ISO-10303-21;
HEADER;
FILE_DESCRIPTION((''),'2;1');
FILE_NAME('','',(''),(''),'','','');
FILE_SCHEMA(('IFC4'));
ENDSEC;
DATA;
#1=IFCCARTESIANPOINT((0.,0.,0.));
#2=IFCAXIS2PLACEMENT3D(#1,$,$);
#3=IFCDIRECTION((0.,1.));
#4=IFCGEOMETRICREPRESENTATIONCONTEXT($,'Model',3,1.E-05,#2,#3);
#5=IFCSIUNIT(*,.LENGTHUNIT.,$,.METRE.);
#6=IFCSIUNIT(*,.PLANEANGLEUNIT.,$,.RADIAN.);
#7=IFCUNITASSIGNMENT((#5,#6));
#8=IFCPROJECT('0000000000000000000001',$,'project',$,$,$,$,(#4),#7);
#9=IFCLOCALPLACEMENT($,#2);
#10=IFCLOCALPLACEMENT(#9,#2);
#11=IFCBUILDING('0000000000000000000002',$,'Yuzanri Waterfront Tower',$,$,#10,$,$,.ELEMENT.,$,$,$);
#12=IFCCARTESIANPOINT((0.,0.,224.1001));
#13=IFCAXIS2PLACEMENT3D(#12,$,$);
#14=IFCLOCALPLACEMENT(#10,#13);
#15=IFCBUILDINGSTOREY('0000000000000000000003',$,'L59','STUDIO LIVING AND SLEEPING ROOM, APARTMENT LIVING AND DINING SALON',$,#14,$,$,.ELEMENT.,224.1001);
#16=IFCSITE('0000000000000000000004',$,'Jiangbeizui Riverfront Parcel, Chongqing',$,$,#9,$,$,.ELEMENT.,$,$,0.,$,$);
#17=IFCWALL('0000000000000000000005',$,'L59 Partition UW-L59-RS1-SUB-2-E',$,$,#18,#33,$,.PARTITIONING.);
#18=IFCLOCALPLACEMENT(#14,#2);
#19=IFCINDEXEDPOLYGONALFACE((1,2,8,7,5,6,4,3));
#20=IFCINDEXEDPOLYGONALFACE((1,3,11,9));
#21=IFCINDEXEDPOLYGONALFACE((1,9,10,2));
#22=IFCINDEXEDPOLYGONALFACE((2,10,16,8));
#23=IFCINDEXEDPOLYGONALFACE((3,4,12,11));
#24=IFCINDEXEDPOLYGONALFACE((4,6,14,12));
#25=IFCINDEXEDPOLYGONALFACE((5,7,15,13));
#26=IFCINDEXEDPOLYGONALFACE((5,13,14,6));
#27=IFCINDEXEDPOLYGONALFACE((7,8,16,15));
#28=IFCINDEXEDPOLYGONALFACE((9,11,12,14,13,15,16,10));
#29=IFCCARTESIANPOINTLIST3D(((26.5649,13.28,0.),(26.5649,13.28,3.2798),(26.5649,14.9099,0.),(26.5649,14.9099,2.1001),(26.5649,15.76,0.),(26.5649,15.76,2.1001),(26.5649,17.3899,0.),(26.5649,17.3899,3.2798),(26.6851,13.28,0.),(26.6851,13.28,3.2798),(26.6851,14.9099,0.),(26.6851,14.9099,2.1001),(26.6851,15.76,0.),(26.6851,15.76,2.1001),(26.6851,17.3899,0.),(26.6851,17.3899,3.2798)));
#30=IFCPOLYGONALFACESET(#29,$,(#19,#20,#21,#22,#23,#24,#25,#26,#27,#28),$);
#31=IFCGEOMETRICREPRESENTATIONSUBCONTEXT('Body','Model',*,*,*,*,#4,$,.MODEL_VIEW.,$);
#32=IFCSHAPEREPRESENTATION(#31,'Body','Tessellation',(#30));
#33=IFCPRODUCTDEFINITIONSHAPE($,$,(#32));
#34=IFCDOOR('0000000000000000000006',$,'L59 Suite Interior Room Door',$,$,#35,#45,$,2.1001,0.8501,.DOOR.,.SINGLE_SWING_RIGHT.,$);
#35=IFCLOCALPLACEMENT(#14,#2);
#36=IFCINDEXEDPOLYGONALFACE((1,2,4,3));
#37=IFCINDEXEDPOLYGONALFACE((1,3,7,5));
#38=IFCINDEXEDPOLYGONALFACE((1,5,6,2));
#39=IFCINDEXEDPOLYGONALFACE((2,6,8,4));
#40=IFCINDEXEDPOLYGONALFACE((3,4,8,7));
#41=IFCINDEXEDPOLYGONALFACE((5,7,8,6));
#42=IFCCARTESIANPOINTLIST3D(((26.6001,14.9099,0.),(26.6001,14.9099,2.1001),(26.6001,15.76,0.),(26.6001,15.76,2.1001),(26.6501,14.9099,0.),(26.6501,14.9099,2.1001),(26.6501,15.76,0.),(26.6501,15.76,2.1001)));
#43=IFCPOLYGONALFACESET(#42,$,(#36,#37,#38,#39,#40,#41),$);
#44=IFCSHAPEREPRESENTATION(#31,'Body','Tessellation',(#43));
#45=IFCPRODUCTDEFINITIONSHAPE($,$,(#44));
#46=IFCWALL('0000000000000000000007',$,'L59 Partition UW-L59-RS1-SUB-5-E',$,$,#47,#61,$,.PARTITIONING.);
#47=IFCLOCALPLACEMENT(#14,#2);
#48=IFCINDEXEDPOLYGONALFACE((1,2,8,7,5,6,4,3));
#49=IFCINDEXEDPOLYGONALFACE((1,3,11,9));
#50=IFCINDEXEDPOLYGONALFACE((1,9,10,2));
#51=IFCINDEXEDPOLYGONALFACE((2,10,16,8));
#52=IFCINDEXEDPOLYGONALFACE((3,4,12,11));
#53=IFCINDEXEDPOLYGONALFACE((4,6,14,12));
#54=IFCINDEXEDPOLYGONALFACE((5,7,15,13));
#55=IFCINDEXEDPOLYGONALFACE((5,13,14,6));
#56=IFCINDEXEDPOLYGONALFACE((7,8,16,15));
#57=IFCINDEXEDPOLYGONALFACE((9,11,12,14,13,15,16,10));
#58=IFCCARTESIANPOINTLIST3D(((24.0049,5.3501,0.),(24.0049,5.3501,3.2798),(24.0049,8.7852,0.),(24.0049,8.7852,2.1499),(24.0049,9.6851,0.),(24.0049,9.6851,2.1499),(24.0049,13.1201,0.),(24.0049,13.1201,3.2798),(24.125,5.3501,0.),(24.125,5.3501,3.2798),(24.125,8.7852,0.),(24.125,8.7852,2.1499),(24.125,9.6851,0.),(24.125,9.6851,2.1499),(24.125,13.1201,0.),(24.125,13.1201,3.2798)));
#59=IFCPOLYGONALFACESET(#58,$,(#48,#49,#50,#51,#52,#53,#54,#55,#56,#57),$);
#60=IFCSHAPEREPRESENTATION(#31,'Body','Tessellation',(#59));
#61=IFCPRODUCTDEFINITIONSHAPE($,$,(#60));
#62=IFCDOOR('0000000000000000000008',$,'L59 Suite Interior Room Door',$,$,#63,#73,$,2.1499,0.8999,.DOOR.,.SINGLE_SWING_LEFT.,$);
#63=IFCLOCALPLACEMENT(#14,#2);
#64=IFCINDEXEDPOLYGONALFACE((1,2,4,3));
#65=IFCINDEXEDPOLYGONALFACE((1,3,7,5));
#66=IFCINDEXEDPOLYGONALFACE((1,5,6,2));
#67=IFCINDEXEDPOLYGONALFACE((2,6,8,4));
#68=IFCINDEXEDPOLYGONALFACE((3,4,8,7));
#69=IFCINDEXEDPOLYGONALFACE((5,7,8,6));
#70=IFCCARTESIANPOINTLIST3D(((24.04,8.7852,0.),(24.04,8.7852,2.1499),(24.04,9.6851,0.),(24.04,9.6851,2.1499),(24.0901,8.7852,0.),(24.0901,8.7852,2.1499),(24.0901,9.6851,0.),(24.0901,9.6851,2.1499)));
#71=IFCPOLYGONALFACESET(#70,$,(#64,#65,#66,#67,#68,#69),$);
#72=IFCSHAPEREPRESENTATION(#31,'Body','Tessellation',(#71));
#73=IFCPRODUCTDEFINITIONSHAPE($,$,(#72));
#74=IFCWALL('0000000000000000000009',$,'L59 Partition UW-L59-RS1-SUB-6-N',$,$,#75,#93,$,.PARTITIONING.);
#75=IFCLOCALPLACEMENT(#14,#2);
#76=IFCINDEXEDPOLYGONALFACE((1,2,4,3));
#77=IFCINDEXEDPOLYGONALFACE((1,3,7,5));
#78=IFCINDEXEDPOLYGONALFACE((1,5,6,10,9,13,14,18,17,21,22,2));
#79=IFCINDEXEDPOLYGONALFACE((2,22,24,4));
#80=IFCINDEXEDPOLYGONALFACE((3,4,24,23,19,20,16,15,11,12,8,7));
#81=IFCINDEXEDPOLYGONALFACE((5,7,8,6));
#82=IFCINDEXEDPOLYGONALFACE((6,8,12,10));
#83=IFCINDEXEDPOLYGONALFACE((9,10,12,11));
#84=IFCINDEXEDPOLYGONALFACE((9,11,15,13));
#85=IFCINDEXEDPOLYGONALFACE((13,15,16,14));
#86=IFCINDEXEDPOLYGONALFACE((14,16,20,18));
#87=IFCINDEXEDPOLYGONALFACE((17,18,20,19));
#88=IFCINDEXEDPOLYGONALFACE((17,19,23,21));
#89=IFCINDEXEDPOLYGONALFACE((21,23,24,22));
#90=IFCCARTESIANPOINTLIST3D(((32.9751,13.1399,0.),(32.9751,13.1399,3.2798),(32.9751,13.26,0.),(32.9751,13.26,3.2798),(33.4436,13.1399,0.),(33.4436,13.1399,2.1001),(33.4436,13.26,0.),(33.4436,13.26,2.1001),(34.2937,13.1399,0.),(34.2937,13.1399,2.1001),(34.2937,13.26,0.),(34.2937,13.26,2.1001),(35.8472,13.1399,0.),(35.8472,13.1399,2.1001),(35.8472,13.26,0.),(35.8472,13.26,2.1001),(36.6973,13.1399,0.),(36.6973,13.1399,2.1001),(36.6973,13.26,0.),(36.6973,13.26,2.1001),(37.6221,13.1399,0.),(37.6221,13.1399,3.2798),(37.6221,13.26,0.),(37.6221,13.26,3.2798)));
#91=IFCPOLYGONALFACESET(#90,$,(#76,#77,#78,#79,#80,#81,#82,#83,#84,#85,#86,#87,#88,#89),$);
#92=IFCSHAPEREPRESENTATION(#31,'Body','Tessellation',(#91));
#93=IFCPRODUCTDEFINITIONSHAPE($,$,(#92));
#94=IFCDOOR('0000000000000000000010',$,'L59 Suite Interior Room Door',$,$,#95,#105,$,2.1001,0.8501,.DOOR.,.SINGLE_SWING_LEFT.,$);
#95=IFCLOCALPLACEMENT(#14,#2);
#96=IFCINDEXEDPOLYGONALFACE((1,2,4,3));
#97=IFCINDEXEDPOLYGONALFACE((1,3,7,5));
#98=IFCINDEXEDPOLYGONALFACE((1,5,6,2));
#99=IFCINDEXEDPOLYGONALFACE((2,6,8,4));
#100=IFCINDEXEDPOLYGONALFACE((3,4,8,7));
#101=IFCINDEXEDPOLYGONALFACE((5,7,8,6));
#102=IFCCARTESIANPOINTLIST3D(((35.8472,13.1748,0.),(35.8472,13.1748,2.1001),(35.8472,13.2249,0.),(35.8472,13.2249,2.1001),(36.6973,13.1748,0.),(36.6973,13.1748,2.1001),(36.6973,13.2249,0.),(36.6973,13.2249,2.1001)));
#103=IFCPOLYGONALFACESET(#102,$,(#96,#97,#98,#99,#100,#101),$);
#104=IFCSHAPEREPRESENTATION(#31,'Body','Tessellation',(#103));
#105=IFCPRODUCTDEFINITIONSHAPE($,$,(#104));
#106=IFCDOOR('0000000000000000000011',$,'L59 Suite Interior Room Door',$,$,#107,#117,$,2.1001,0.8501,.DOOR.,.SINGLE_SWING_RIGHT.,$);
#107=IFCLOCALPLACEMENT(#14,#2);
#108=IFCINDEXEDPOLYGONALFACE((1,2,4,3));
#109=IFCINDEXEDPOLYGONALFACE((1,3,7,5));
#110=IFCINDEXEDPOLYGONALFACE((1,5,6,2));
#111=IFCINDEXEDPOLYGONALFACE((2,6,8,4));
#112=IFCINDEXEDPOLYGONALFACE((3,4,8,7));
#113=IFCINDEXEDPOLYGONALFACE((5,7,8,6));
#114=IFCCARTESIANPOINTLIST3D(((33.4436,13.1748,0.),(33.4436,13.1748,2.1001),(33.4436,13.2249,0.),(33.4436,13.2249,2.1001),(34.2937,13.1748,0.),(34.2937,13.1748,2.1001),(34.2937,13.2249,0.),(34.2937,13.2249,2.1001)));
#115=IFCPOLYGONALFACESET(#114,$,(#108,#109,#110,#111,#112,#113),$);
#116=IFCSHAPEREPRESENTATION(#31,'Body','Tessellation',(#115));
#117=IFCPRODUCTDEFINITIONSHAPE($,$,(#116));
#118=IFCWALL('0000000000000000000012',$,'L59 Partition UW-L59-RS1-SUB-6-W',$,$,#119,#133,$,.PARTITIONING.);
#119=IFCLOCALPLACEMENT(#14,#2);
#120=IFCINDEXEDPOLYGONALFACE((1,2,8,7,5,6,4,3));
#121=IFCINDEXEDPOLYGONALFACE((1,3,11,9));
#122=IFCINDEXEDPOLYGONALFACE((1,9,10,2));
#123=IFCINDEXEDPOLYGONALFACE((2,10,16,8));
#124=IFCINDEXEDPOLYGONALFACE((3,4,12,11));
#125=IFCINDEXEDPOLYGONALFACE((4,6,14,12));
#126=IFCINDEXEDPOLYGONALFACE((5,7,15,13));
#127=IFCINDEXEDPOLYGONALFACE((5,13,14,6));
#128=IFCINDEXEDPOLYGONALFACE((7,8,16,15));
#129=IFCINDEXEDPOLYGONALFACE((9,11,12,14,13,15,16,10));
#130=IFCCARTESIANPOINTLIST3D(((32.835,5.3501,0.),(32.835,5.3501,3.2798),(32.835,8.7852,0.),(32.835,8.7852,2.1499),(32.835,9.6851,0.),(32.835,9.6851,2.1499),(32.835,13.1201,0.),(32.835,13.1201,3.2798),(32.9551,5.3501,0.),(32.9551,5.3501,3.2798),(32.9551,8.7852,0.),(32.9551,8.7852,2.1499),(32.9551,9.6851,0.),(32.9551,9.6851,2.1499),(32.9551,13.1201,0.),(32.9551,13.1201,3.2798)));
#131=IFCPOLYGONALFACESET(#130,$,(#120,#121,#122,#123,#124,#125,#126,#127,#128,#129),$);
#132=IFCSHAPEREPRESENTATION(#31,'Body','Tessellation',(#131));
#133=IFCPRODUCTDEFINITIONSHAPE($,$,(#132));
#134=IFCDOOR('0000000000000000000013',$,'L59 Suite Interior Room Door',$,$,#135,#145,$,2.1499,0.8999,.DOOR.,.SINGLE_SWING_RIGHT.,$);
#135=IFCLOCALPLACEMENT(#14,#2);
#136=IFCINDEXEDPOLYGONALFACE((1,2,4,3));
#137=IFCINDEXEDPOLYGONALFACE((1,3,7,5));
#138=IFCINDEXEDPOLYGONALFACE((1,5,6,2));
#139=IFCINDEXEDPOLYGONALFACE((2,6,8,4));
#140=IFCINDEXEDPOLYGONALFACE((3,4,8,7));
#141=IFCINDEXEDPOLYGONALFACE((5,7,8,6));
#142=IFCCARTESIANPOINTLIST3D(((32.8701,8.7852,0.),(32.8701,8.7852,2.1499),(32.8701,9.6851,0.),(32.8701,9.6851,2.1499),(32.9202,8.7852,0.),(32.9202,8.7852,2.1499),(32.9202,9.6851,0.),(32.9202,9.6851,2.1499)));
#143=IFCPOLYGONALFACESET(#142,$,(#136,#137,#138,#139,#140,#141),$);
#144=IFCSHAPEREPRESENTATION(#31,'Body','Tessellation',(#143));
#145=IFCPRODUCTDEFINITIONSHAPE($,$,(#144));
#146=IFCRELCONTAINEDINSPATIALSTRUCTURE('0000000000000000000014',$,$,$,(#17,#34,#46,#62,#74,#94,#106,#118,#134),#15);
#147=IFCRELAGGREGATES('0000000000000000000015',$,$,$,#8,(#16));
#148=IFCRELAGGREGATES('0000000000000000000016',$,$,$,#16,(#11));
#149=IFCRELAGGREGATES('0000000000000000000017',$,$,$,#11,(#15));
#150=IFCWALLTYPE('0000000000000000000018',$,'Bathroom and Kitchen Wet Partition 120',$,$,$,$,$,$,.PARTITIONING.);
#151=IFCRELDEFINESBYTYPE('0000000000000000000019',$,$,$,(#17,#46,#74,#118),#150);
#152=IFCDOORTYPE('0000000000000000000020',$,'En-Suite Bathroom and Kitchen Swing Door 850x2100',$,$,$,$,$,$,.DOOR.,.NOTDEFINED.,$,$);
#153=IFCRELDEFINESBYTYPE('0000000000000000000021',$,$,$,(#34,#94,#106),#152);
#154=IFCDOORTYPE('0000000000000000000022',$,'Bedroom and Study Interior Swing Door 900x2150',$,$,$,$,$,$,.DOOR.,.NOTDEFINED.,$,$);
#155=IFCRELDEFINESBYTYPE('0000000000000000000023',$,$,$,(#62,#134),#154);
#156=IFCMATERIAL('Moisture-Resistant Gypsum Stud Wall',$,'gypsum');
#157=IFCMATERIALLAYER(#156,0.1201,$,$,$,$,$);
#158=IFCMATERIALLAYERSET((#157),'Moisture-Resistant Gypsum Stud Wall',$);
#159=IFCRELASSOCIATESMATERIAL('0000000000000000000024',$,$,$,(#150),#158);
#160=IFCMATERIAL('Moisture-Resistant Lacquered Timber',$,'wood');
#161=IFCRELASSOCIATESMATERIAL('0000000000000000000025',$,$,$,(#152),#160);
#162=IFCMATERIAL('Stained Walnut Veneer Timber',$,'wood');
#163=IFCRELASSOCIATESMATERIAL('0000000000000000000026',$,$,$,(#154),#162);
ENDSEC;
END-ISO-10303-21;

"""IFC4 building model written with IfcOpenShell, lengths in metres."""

from ifc_helpers import new_model, si_unit, direction, frame, frame_2d, origin, place, context, subcontext, project, spatial, rectangle, extrude, source, transform, mapped, material, layer, layer_set, type_object, element, fill, save


model = new_model("IFC4")

# Units and contexts
model_context = context("Model", 3, precision=1e-05, world=origin(), true_north=direction((0.0, 1.0)))
body_context = subcontext(model_context, "Body", "Model", "MODEL_VIEW")
ifc_project = project(units=[si_unit("LENGTHUNIT", "METRE"), si_unit("PLANEANGLEUNIT", "RADIAN")], contexts=[model_context])

# Site, building, storey
site_placement = place(None, origin())
site = spatial("IfcSite", under=ifc_project, at=site_placement, Name="Jiangbeizui Riverfront Parcel, Chongqing", CompositionType="ELEMENT", RefElevation=0.0)
building_placement = place(site_placement, origin())
building = spatial("IfcBuilding", under=site, at=building_placement, Name="Yuzanri Waterfront Tower", CompositionType="ELEMENT")
storey_placement = place(building_placement, frame((0.0, 0.0, 224.1001)))
storey = spatial("IfcBuildingStorey", under=building, at=storey_placement, Name="L59", Description="STUDIO LIVING AND SLEEPING ROOM, APARTMENT LIVING AND DINING SALON", CompositionType="ELEMENT", Elevation=224.1001)

# Walls, openings, doors
ifc_material_1 = material(Name="Moisture-Resistant Gypsum Stud Wall", Category="gypsum")
ifc_layer_1 = layer(ifc_material_1, 0.1201)
ifc_layer_set_1 = layer_set([ifc_layer_1], Name="Moisture-Resistant Gypsum Stud Wall")
wall_type = type_object("IfcWallType", Name="Bathroom and Kitchen Wet Partition 120", PredefinedType="PARTITIONING", material=ifc_layer_set_1)
wall_1_placement = place(storey_placement, frame((26.625, 13.28, 0.0), z_axis=(0.0, 0.0, 1.0), x_axis=(0.0, 1.0, 0.0)))
wall_1 = element("IfcWall", 1, at=wall_1_placement, inside=storey, type_object=wall_type, Name="L59 Partition UW-L59-RS1-SUB-2-E", PredefinedType="PARTITIONING", context=body_context, shape_type="SweptSolid", body=[
    extrude(rectangle(XDim=4.1099, YDim=0.1201, at=frame_2d((2.0549, 0.0))), origin(), (0.0, 0.0, 1.0), 3.2798),
])
opening_1_placement = place(wall_1_placement, frame((1.6299, 0.0, 0.0)))
opening_1 = element("IfcOpeningElement", 2, at=opening_1_placement, cuts=wall_1, PredefinedType="OPENING", context=body_context, shape_type="SweptSolid", body=[
    extrude(rectangle(XDim=0.8501, YDim=2.1001, at=frame_2d((0.425, 1.05))), frame((0.0, 0.075, 0.0), z_axis=(0.0, -1.0, 0.0), x_axis=(1.0, 0.0, 0.0)), (0.0, 0.0, 1.0), 0.1499),
])
ifc_material_2 = material(Name="Moisture-Resistant Lacquered Timber", Category="wood")
door_type_1 = type_object("IfcDoorType", Name="En-Suite Bathroom and Kitchen Swing Door 850x2100", OperationType="NOTDEFINED", PredefinedType="DOOR", material=ifc_material_2)
shared_shape_1 = source(origin(), body_context, "Body", "SweptSolid", [
    extrude(rectangle(XDim=0.8501, YDim=2.1001, at=frame_2d((0.425, 1.05))), frame((0.0, 0.0249, 0.0), z_axis=(0.0, -1.0, 0.0), x_axis=(1.0, 0.0, 0.0)), (0.0, 0.0, 1.0), 0.05),
])
door_1_placement = place(opening_1_placement, origin())
door_1 = element("IfcDoor", 3, at=door_1_placement, inside=storey, type_object=door_type_1, Name="L59 Suite Interior Room Door", OperationType="SINGLE_SWING_RIGHT", OverallHeight=2.1001, OverallWidth=0.8501, PredefinedType="DOOR", context=body_context, shape_type="MappedRepresentation", body=[
    mapped(shared_shape_1, transform((0.0, 0.0, 0.0), scale=1.0)),
])
fill(opening_1, door_1)
wall_2_placement = place(storey_placement, frame((24.0649, 5.3501, 0.0), z_axis=(0.0, 0.0, 1.0), x_axis=(0.0, 1.0, 0.0)))
wall_2 = element("IfcWall", 4, at=wall_2_placement, inside=storey, type_object=wall_type, Name="L59 Partition UW-L59-RS1-SUB-5-E", PredefinedType="PARTITIONING", context=body_context, shape_type="SweptSolid", body=[
    extrude(rectangle(XDim=7.77, YDim=0.1201, at=frame_2d((3.885, 0.0))), origin(), (0.0, 0.0, 1.0), 3.2798),
])
opening_2_placement = place(wall_2_placement, frame((3.4351, 0.0, 0.0)))
opening_2 = element("IfcOpeningElement", 5, at=opening_2_placement, cuts=wall_2, PredefinedType="OPENING", context=body_context, shape_type="SweptSolid", body=[
    extrude(rectangle(XDim=0.8999, YDim=2.1499, at=frame_2d((0.45, 1.075))), frame((0.0, 0.075, 0.0), z_axis=(0.0, -1.0, 0.0), x_axis=(1.0, 0.0, 0.0)), (0.0, 0.0, 1.0), 0.1499),
])
ifc_material_3 = material(Name="Stained Walnut Veneer Timber", Category="wood")
door_type_2 = type_object("IfcDoorType", Name="Bedroom and Study Interior Swing Door 900x2150", OperationType="NOTDEFINED", PredefinedType="DOOR", material=ifc_material_3)
shared_shape_2 = source(origin(), body_context, "Body", "SweptSolid", [
    extrude(rectangle(XDim=0.8999, YDim=2.1499, at=frame_2d((0.45, 1.075))), frame((0.0, 0.0249, 0.0), z_axis=(0.0, -1.0, 0.0), x_axis=(1.0, 0.0, 0.0)), (0.0, 0.0, 1.0), 0.05),
])
door_2_placement = place(opening_2_placement, origin())
door_2 = element("IfcDoor", 6, at=door_2_placement, inside=storey, type_object=door_type_2, Name="L59 Suite Interior Room Door", OperationType="SINGLE_SWING_LEFT", OverallHeight=2.1499, OverallWidth=0.8999, PredefinedType="DOOR", context=body_context, shape_type="MappedRepresentation", body=[
    mapped(shared_shape_2, transform((0.0, 0.0, 0.0), scale=1.0)),
])
fill(opening_2, door_2)

# Wall, openings, doors
wall_3_placement = place(storey_placement, frame((32.9751, 13.2, 0.0), z_axis=(0.0, 0.0, 1.0), x_axis=(1.0, 0.0, 0.0)))
wall_3 = element("IfcWall", 7, at=wall_3_placement, inside=storey, type_object=wall_type, Name="L59 Partition UW-L59-RS1-SUB-6-N", PredefinedType="PARTITIONING", context=body_context, shape_type="SweptSolid", body=[
    extrude(rectangle(XDim=4.647, YDim=0.1201, at=frame_2d((2.3235, 0.0))), origin(), (0.0, 0.0, 1.0), 3.2798),
])
opening_3_placement = place(wall_3_placement, frame((2.8721, 0.0, 0.0)))
opening_3 = element("IfcOpeningElement", 8, at=opening_3_placement, cuts=wall_3, PredefinedType="OPENING", context=body_context, shape_type="SweptSolid", body=[
    extrude(rectangle(XDim=0.8501, YDim=2.1001, at=frame_2d((0.425, 1.05))), frame((0.0, 0.075, 0.0), z_axis=(0.0, -1.0, 0.0), x_axis=(1.0, 0.0, 0.0)), (0.0, 0.0, 1.0), 0.1499),
])
opening_4_placement = place(wall_3_placement, frame((0.4685, 0.0, 0.0)))
opening_4 = element("IfcOpeningElement", 9, at=opening_4_placement, cuts=wall_3, PredefinedType="OPENING", context=body_context, shape_type="SweptSolid", body=[
    extrude(rectangle(XDim=0.8501, YDim=2.1001, at=frame_2d((0.425, 1.05))), frame((0.0, 0.075, 0.0), z_axis=(0.0, -1.0, 0.0), x_axis=(1.0, 0.0, 0.0)), (0.0, 0.0, 1.0), 0.1499),
])
door_3_placement = place(opening_3_placement, origin())
door_3 = element("IfcDoor", 10, at=door_3_placement, inside=storey, type_object=door_type_1, Name="L59 Suite Interior Room Door", OperationType="SINGLE_SWING_LEFT", OverallHeight=2.1001, OverallWidth=0.8501, PredefinedType="DOOR", context=body_context, shape_type="MappedRepresentation", body=[
    mapped(shared_shape_1, transform((0.0, 0.0, 0.0), scale=1.0)),
])
fill(opening_3, door_3)
door_4_placement = place(opening_4_placement, origin())
door_4 = element("IfcDoor", 11, at=door_4_placement, inside=storey, type_object=door_type_1, Name="L59 Suite Interior Room Door", OperationType="SINGLE_SWING_RIGHT", OverallHeight=2.1001, OverallWidth=0.8501, PredefinedType="DOOR", context=body_context, shape_type="MappedRepresentation", body=[
    mapped(shared_shape_1, transform((0.0, 0.0, 0.0), scale=1.0)),
])
fill(opening_4, door_4)

# Wall, opening, door
wall_4_placement = place(storey_placement, frame((32.895, 5.3501, 0.0), z_axis=(0.0, 0.0, 1.0), x_axis=(0.0, 1.0, 0.0)))
wall_4 = element("IfcWall", 12, at=wall_4_placement, inside=storey, type_object=wall_type, Name="L59 Partition UW-L59-RS1-SUB-6-W", PredefinedType="PARTITIONING", context=body_context, shape_type="SweptSolid", body=[
    extrude(rectangle(XDim=7.77, YDim=0.1201, at=frame_2d((3.885, 0.0))), origin(), (0.0, 0.0, 1.0), 3.2798),
])
opening_5_placement = place(wall_4_placement, frame((3.4351, 0.0, 0.0)))
opening_5 = element("IfcOpeningElement", 13, at=opening_5_placement, cuts=wall_4, PredefinedType="OPENING", context=body_context, shape_type="SweptSolid", body=[
    extrude(rectangle(XDim=0.8999, YDim=2.1499, at=frame_2d((0.45, 1.075))), frame((0.0, 0.075, 0.0), z_axis=(0.0, -1.0, 0.0), x_axis=(1.0, 0.0, 0.0)), (0.0, 0.0, 1.0), 0.1499),
])
door_5_placement = place(opening_5_placement, origin())
door_5 = element("IfcDoor", 14, at=door_5_placement, inside=storey, type_object=door_type_2, Name="L59 Suite Interior Room Door", OperationType="SINGLE_SWING_RIGHT", OverallHeight=2.1499, OverallWidth=0.8999, PredefinedType="DOOR", context=body_context, shape_type="MappedRepresentation", body=[
    mapped(shared_shape_2, transform((0.0, 0.0, 0.0), scale=1.0)),
])
fill(opening_5, door_5)

save(model, "model.ifc")
